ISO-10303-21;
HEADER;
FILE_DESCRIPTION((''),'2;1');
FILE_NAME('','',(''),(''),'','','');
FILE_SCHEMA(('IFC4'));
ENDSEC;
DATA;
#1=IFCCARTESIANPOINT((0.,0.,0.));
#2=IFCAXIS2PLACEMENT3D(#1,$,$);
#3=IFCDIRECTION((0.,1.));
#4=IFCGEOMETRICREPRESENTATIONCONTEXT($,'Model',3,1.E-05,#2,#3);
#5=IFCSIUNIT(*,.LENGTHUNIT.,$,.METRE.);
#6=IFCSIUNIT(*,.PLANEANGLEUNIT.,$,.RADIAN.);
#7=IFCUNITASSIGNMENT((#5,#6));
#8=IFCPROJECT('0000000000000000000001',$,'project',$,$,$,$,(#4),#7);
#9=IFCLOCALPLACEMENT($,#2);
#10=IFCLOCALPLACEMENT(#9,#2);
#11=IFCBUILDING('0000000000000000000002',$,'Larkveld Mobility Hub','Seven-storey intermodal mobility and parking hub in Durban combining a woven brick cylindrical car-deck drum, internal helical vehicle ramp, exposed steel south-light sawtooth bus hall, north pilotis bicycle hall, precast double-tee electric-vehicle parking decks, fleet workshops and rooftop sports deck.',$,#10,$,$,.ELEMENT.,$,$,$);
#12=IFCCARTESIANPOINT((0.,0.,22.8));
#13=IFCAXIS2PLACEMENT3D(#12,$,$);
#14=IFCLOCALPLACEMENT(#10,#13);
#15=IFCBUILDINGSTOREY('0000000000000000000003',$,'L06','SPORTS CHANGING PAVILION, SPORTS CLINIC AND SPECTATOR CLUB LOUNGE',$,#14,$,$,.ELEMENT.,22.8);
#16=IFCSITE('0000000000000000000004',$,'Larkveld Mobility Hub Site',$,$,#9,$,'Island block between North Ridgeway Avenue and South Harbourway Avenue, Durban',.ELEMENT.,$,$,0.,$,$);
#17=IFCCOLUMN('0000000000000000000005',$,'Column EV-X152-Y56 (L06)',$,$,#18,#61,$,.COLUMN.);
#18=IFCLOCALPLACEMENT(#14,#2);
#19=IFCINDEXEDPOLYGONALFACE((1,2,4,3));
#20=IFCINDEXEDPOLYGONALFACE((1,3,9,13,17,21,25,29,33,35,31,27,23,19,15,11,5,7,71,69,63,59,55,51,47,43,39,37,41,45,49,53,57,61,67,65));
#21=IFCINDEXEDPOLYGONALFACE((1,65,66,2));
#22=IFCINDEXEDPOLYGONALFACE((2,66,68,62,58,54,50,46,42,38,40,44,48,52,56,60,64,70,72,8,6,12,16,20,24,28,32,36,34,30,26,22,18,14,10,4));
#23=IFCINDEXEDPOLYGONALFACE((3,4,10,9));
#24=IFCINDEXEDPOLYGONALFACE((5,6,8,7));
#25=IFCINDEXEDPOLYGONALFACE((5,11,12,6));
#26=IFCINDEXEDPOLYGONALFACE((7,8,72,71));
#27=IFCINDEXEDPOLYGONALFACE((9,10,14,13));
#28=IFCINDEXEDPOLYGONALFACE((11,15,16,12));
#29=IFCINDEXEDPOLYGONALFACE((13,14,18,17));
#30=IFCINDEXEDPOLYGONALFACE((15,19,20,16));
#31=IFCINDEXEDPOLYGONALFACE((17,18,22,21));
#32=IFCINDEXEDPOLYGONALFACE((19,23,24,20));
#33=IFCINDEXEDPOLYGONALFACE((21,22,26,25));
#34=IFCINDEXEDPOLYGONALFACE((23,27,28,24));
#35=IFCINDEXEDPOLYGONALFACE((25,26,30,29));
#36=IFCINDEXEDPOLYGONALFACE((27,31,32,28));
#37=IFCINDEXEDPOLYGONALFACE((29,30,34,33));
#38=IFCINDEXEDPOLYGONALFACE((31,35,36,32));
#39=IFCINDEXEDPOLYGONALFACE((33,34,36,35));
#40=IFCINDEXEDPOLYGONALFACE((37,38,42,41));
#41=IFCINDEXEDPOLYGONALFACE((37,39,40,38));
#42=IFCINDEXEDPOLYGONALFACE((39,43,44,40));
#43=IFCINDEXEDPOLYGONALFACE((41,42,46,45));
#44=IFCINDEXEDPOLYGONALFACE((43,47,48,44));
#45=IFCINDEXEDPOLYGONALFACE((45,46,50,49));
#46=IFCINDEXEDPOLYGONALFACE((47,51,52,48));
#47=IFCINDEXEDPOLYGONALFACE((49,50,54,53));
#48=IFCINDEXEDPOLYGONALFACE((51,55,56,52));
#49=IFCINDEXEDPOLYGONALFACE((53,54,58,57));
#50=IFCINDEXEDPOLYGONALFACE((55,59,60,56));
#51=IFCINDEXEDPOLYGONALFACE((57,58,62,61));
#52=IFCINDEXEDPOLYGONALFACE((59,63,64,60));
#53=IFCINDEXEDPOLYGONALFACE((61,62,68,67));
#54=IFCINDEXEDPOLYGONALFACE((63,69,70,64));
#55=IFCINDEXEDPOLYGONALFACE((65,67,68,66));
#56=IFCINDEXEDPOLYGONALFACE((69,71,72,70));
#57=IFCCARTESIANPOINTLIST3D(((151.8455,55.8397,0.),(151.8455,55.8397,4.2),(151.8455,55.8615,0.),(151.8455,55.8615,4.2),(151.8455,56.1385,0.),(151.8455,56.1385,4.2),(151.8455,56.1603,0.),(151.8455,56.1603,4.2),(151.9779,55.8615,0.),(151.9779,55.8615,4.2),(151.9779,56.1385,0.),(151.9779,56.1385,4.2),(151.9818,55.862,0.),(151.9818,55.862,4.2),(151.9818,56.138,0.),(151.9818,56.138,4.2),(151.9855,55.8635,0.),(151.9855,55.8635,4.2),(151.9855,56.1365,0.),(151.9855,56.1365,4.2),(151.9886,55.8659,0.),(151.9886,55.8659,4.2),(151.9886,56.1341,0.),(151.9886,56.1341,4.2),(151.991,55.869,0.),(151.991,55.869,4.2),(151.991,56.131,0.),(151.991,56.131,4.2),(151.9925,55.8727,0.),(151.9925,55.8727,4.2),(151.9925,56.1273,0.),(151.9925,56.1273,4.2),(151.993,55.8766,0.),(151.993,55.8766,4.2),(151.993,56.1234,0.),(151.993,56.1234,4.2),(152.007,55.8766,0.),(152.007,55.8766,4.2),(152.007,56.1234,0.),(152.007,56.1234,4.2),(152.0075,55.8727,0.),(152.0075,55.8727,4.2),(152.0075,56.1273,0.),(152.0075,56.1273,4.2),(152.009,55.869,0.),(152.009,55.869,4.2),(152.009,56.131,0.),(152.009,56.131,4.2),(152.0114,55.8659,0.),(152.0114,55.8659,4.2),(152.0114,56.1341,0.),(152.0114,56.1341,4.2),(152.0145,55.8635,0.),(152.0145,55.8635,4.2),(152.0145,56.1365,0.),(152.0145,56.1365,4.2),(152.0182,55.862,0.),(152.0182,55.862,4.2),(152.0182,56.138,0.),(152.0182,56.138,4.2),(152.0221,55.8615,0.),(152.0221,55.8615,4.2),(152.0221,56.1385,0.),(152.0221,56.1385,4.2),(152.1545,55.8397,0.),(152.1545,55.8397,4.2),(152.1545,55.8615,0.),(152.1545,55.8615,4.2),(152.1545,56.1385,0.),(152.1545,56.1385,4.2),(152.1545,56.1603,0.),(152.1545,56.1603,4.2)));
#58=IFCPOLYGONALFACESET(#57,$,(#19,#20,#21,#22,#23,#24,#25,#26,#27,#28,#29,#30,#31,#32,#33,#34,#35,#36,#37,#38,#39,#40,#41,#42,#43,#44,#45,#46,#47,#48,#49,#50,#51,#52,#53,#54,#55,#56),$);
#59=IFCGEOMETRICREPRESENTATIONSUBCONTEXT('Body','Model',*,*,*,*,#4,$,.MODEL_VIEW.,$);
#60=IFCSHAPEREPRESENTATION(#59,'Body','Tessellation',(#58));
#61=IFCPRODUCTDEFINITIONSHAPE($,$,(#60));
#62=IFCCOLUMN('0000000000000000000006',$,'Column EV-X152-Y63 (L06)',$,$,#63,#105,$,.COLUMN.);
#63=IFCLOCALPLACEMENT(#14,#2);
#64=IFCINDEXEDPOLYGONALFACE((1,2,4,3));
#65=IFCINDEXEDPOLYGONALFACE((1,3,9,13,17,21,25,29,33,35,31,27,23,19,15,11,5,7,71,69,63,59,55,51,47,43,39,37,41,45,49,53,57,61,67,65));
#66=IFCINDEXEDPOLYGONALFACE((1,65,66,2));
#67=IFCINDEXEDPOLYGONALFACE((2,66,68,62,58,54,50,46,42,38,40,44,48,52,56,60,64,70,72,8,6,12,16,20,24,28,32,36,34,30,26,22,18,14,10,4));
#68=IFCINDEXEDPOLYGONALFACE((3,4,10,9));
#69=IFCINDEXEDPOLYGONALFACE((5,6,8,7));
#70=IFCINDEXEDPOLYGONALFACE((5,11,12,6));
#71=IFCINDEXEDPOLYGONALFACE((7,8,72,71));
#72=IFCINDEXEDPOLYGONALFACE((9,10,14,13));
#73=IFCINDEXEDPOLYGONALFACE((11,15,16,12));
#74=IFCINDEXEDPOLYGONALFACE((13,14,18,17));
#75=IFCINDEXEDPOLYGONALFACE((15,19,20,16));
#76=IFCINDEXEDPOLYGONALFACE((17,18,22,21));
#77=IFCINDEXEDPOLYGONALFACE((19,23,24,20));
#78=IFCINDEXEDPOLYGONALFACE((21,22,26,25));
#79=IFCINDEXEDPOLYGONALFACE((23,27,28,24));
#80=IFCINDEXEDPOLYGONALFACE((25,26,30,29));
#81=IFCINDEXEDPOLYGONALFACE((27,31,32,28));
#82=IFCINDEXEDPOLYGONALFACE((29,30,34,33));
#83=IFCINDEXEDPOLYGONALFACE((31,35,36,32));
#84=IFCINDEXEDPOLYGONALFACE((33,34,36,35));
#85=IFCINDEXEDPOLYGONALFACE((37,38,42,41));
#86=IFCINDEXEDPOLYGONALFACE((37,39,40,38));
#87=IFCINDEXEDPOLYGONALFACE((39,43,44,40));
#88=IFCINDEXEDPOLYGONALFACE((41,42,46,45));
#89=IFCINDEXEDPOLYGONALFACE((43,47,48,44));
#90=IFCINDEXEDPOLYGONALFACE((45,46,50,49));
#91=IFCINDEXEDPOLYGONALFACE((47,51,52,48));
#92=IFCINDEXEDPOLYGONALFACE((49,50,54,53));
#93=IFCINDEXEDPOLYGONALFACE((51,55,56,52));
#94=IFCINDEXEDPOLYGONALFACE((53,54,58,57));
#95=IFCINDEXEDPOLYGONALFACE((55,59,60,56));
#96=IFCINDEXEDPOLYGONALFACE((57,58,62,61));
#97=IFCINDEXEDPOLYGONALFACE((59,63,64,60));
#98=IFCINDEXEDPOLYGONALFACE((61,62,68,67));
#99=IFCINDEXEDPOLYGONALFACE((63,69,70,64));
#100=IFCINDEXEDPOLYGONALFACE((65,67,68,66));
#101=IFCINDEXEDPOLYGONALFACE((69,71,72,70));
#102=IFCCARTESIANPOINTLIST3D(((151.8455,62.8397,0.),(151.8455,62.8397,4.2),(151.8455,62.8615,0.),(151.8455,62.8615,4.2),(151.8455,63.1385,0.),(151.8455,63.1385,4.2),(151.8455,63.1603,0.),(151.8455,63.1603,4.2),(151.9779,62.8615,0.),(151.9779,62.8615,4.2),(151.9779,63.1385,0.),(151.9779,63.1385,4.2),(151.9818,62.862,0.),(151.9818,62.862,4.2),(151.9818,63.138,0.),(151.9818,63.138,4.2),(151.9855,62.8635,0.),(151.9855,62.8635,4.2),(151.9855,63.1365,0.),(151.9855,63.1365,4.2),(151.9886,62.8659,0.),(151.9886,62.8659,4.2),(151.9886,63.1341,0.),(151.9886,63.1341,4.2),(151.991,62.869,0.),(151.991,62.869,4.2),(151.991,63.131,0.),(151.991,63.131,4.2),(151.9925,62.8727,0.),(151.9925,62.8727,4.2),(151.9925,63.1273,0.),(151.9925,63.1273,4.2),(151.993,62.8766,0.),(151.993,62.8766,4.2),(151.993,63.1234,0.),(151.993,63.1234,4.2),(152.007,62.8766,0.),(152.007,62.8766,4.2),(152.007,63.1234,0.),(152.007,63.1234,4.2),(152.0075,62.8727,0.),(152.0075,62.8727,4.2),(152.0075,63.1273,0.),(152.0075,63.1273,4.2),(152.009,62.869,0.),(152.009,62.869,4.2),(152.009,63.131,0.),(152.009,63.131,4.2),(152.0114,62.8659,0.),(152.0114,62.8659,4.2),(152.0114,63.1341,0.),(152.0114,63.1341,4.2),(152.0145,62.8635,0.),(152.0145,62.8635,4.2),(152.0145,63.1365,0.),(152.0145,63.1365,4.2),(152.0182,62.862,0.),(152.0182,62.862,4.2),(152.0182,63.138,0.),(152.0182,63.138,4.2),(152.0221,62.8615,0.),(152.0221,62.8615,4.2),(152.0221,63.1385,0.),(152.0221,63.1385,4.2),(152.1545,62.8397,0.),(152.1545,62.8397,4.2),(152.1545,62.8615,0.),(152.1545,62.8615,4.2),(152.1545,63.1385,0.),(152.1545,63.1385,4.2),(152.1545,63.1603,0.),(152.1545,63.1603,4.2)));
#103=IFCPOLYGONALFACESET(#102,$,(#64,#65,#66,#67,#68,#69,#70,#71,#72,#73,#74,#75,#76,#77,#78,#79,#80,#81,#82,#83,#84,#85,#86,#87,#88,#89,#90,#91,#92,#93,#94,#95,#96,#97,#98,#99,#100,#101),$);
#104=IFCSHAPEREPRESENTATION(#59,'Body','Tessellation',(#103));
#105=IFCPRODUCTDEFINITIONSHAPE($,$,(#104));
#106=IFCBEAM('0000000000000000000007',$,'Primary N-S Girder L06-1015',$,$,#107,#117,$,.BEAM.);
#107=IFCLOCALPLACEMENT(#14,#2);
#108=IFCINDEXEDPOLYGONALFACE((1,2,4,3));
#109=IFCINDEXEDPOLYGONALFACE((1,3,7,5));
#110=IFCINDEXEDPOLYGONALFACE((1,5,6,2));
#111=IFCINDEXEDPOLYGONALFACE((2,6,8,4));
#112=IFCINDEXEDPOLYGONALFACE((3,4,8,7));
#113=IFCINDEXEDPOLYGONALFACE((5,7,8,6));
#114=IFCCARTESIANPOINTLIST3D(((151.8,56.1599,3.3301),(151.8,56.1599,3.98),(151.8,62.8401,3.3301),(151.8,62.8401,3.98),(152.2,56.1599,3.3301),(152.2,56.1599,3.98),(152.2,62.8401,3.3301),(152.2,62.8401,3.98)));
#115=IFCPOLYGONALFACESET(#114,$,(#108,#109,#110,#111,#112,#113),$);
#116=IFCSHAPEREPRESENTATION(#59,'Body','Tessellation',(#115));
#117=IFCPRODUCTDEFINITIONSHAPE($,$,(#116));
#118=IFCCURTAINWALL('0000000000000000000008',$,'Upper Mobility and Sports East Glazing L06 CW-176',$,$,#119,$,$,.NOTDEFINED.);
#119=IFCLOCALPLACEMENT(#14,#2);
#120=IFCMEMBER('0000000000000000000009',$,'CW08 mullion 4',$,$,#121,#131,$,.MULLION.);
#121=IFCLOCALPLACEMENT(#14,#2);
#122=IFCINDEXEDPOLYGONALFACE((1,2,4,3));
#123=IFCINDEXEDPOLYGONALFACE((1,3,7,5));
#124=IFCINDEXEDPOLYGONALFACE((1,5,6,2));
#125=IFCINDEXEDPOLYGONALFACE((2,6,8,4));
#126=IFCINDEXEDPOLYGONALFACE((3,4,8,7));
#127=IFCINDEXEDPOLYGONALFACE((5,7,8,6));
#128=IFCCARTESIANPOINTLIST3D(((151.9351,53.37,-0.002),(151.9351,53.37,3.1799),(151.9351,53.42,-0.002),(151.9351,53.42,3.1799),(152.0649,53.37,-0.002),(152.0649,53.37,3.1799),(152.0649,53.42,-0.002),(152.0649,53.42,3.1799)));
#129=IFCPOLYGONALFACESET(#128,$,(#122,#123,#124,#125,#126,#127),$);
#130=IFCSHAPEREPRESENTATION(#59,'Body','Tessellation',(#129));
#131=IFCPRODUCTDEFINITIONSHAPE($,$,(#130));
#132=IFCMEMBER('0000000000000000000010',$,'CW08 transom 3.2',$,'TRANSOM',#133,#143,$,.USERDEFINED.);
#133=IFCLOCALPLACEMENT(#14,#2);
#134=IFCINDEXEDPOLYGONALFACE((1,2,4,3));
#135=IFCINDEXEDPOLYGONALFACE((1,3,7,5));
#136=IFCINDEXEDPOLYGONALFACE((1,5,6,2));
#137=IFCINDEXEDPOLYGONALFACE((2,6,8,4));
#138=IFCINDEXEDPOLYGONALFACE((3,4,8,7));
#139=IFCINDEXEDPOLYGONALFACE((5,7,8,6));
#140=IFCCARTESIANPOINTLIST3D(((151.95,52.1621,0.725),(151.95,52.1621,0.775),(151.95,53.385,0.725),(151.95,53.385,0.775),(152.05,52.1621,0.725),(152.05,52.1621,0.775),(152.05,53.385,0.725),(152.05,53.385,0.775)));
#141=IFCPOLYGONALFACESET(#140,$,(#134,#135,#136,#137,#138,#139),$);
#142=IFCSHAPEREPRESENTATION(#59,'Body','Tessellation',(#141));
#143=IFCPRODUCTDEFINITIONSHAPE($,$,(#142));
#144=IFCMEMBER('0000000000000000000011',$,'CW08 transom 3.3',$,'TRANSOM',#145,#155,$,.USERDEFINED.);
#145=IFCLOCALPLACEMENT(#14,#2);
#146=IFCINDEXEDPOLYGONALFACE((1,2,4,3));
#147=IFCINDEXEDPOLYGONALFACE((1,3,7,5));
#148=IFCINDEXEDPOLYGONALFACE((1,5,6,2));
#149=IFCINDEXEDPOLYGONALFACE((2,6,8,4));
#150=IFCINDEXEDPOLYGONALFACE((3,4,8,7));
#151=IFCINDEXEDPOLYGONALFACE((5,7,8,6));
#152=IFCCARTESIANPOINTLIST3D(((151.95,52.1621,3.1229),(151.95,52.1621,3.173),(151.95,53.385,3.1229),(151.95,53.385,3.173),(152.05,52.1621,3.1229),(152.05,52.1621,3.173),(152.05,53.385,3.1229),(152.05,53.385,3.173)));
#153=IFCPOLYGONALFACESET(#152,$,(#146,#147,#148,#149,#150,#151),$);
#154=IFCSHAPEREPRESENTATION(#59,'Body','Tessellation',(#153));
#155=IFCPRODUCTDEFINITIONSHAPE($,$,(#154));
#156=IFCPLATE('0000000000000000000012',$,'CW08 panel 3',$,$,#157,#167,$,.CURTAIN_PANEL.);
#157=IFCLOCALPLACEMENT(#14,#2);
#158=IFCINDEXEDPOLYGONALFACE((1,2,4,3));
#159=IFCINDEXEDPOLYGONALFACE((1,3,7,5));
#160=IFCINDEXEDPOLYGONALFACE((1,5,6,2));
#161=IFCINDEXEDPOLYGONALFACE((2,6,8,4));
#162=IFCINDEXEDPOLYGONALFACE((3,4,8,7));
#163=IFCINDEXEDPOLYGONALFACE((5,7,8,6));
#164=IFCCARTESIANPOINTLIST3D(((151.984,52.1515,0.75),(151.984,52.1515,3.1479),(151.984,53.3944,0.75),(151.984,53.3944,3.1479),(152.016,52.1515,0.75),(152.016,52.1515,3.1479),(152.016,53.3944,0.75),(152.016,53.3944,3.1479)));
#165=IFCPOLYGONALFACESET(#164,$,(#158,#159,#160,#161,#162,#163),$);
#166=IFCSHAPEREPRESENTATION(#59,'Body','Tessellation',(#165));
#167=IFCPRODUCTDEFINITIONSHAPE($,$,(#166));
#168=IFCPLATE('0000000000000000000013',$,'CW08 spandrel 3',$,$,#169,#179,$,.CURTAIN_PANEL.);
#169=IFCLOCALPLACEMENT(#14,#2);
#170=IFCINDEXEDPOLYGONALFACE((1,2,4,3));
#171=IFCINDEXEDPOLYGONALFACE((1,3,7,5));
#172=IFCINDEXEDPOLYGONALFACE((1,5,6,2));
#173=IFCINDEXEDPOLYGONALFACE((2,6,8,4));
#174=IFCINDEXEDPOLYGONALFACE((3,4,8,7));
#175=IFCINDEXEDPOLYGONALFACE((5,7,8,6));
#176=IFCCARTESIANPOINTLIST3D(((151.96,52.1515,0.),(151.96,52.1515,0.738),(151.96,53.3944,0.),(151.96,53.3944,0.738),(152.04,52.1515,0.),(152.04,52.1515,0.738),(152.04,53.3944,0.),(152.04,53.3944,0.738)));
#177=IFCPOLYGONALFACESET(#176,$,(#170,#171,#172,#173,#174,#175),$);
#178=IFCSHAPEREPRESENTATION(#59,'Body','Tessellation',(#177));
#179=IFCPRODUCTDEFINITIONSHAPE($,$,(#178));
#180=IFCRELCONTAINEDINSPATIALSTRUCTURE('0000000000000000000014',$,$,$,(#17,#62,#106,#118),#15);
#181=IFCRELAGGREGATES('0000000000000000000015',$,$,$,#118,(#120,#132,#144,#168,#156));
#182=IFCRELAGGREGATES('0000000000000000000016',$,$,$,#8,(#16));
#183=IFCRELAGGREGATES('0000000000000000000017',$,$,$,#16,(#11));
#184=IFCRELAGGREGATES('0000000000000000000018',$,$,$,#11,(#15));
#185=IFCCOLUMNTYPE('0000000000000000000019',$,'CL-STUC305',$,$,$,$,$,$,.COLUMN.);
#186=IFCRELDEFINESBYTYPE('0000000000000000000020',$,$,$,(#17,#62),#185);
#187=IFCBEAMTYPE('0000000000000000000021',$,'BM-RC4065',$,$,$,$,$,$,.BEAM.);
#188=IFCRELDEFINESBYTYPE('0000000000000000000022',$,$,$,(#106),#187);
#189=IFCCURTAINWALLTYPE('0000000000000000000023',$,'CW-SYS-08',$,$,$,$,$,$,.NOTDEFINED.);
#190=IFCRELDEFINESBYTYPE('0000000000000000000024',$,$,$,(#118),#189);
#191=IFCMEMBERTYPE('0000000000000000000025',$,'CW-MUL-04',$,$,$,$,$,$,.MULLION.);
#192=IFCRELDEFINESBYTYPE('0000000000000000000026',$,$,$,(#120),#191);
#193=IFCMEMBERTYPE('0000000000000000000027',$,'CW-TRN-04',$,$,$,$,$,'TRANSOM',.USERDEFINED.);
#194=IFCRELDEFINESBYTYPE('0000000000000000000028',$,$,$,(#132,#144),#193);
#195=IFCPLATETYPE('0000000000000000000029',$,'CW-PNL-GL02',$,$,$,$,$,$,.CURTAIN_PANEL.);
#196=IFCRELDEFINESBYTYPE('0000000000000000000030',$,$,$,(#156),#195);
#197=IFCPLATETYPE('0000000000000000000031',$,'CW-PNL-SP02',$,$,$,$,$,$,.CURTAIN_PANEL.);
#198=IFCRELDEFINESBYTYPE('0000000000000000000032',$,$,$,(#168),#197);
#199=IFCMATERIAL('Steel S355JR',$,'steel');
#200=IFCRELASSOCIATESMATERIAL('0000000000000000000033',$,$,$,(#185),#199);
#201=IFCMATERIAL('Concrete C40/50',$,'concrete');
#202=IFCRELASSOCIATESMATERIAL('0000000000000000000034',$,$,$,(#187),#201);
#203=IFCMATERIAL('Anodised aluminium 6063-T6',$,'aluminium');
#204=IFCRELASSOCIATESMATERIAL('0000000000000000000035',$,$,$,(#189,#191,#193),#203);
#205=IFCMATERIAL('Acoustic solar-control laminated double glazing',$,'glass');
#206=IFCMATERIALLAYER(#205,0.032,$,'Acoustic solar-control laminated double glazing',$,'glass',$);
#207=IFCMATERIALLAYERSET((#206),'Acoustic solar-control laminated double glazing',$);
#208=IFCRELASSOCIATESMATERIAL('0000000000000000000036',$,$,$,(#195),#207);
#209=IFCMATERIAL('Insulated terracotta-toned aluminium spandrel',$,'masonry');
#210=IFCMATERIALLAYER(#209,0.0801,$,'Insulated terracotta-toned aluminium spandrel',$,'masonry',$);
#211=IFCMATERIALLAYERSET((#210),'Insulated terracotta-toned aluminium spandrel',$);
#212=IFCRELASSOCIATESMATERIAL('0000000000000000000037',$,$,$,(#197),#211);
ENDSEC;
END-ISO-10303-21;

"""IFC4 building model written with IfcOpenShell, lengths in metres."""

from ifc_helpers import new_model, si_unit, direction, frame, origin, origin_2d, place, context, subcontext, project, spatial, rectangle, i_section, extrude, material, layer, layer_set, material_profile, profile_set, type_object, element, aggregate, save


model = new_model("IFC4")

# Units and contexts
model_context = context("Model", 3, precision=1e-05, world=origin(), true_north=direction((0.0, 1.0)))
body_context = subcontext(model_context, "Body", "Model", "MODEL_VIEW")
ifc_project = project(units=[si_unit("LENGTHUNIT", "METRE"), si_unit("PLANEANGLEUNIT", "RADIAN")], contexts=[model_context])

# Site, building, storey
site_placement = place(None, origin())
site = spatial("IfcSite", under=ifc_project, at=site_placement, Name="Larkveld Mobility Hub Site", LongName="Island block between North Ridgeway Avenue and South Harbourway Avenue, Durban", CompositionType="ELEMENT", RefElevation=0.0)
building_placement = place(site_placement, origin())
building = spatial("IfcBuilding", under=site, at=building_placement, Name="Larkveld Mobility Hub", Description="Seven-storey intermodal mobility and parking hub in Durban combining a woven brick cylindrical car-deck drum, internal helical vehicle ramp, exposed steel south-light sawtooth bus hall, north pilotis bicycle hall, precast double-tee electric-vehicle parking decks, fleet workshops and rooftop sports deck.", CompositionType="ELEMENT")
storey_placement = place(building_placement, frame((0.0, 0.0, 22.8)))
storey = spatial("IfcBuildingStorey", under=building, at=storey_placement, Name="L06", Description="SPORTS CHANGING PAVILION, SPORTS CLINIC AND SPECTATOR CLUB LOUNGE", CompositionType="ELEMENT", Elevation=22.8)

# Columns
ifc_material_1 = material(Name="Steel S355JR", Category="steel")
ifc_material_profile_1 = material_profile(ifc_material_1, i_section(OverallWidth=0.3091, OverallDepth=0.3206, WebThickness=0.0139, FlangeThickness=0.0217, FilletRadius=0.0151, at=origin_2d()), Name="UC 305x305x137")
ifc_profile_set_1 = profile_set([ifc_material_profile_1], Name="Steel S355JR")
column_type = type_object("IfcColumnType", Name="CL-STUC305", PredefinedType="COLUMN", material=ifc_profile_set_1)
for number, where, z_axis, x_axis, name in (
    (1, (152.0, 56.0, 0.0), (0.0, 0.0, 1.0), (1.0, 0.0, 0.0), "Column EV-X152-Y56 (L06)"),
    (2, (152.0, 63.0, 0.0), (0.0, 0.0, 1.0), (1.0, 0.0, 0.0), "Column EV-X152-Y63 (L06)"),
):
    element("IfcColumn", number, at=place(storey_placement, frame(where, z_axis=z_axis, x_axis=x_axis)), inside=storey, type_object=column_type, Name=name, PredefinedType="COLUMN", context=body_context, shape_type="SweptSolid", body=[
        extrude(i_section(OverallWidth=0.3091, OverallDepth=0.3206, WebThickness=0.0139, FlangeThickness=0.0217, FilletRadius=0.0151, at=origin_2d()), origin(), (0.0, 0.0, 1.0), 4.2),
    ])

# Beam
ifc_material_2 = material(Name="Concrete C40/50", Category="concrete")
ifc_material_profile_2 = material_profile(ifc_material_2, rectangle(XDim=0.3999, YDim=0.6499, at=origin_2d()), Name="RC BM 400x650")
ifc_profile_set_2 = profile_set([ifc_material_profile_2], Name="Concrete C40/50")
beam_type = type_object("IfcBeamType", Name="BM-RC4065", PredefinedType="BEAM", material=ifc_profile_set_2)
beam_placement = place(storey_placement, frame((152.0, 56.1599, 3.655), z_axis=(0.0, 1.0, 0.0), x_axis=(-1.0, 0.0, 0.0)))
element("IfcBeam", 3, at=beam_placement, inside=storey, type_object=beam_type, Name="Primary N-S Girder L06-1015", PredefinedType="BEAM", context=body_context, shape_type="SweptSolid", body=[
    extrude(rectangle(XDim=0.3999, YDim=0.6499, at=origin_2d()), origin(), (0.0, 0.0, 1.0), 6.6802),
])

# Curtain wall, members, plates
ifc_material_3 = material(Name="Anodised aluminium 6063-T6", Category="aluminium")
curtain_wall_type = type_object("IfcCurtainWallType", Name="CW-SYS-08", PredefinedType="NOTDEFINED", material=ifc_material_3)
curtain_wall_placement = place(storey_placement, origin())
curtain_wall = element("IfcCurtainWall", 4, at=curtain_wall_placement, inside=storey, type_object=curtain_wall_type, Name="Upper Mobility and Sports East Glazing L06 CW-176", PredefinedType="NOTDEFINED")
ifc_material_profile_3 = material_profile(ifc_material_3, rectangle(XDim=0.05, YDim=0.1299, at=origin_2d()), Name="ALU MULL 50x130")
ifc_profile_set_3 = profile_set([ifc_material_profile_3], Name="Anodised aluminium 6063-T6")
member_type_1 = type_object("IfcMemberType", Name="CW-MUL-04", PredefinedType="MULLION", material=ifc_profile_set_3)
member_1_placement = place(storey_placement, frame((152.0, 53.395, -0.002), z_axis=(0.0, 0.0, 1.0), x_axis=(0.0, 1.0, 0.0)))
member_1 = element("IfcMember", 5, at=member_1_placement, type_object=member_type_1, Name="CW08 mullion 4", PredefinedType="MULLION", context=body_context, shape_type="SweptSolid", body=[
    extrude(rectangle(XDim=0.05, YDim=0.1299, at=origin_2d()), origin(), (0.0, 0.0, 1.0), 3.1819),
])
ifc_material_profile_4 = material_profile(ifc_material_3, rectangle(XDim=0.1001, YDim=0.05, at=origin_2d()), Name="ALU TRAN 50x100")
ifc_profile_set_4 = profile_set([ifc_material_profile_4], Name="Anodised aluminium 6063-T6")
member_type_2 = type_object("IfcMemberType", Name="CW-TRN-04", ElementType="TRANSOM", PredefinedType="USERDEFINED", material=ifc_profile_set_4)
member_2_placement = place(storey_placement, frame((152.0, 52.1621, 0.75), z_axis=(0.0, 1.0, 0.0), x_axis=(-1.0, 0.0, 0.0)))
member_2 = element("IfcMember", 6, at=member_2_placement, type_object=member_type_2, Name="CW08 transom 3.2", ObjectType="TRANSOM", PredefinedType="USERDEFINED", context=body_context, shape_type="SweptSolid", body=[
    extrude(rectangle(XDim=0.1001, YDim=0.05, at=origin_2d()), origin(), (0.0, 0.0, 1.0), 1.2229),
])
member_3_placement = place(storey_placement, frame((152.0, 52.1621, 3.1479), z_axis=(0.0, 1.0, 0.0), x_axis=(-1.0, 0.0, 0.0)))
member_3 = element("IfcMember", 7, at=member_3_placement, type_object=member_type_2, Name="CW08 transom 3.3", ObjectType="TRANSOM", PredefinedType="USERDEFINED", context=body_context, shape_type="SweptSolid", body=[
    extrude(rectangle(XDim=0.1001, YDim=0.05, at=origin_2d()), origin(), (0.0, 0.0, 1.0), 1.2229),
])
ifc_material_4 = material(Name="Acoustic solar-control laminated double glazing", Category="glass")
ifc_layer_1 = layer(ifc_material_4, 0.032, Name="Acoustic solar-control laminated double glazing", Category="glass")
ifc_layer_set_1 = layer_set([ifc_layer_1], Name="Acoustic solar-control laminated double glazing")
plate_type_1 = type_object("IfcPlateType", Name="CW-PNL-GL02", PredefinedType="CURTAIN_PANEL", material=ifc_layer_set_1)
plate_1_placement = place(storey_placement, frame((152.0, 52.7729, 0.75), z_axis=(0.0, 0.0, 1.0), x_axis=(0.0, 1.0, 0.0)))
plate_1 = element("IfcPlate", 8, at=plate_1_placement, type_object=plate_type_1, Name="CW08 panel 3", PredefinedType="CURTAIN_PANEL", context=body_context, shape_type="SweptSolid", body=[
    extrude(rectangle(XDim=1.2429, YDim=0.032, at=origin_2d()), origin(), (0.0, 0.0, 1.0), 2.3979),
])
ifc_material_5 = material(Name="Insulated terracotta-toned aluminium spandrel", Category="masonry")
ifc_layer_2 = layer(ifc_material_5, 0.0801, Name="Insulated terracotta-toned aluminium spandrel", Category="masonry")
ifc_layer_set_2 = layer_set([ifc_layer_2], Name="Insulated terracotta-toned aluminium spandrel")
plate_type_2 = type_object("IfcPlateType", Name="CW-PNL-SP02", PredefinedType="CURTAIN_PANEL", material=ifc_layer_set_2)
plate_2_placement = place(storey_placement, frame((152.0, 52.7729, 0.0), z_axis=(0.0, 0.0, 1.0), x_axis=(0.0, 1.0, 0.0)))
plate_2 = element("IfcPlate", 9, at=plate_2_placement, type_object=plate_type_2, Name="CW08 spandrel 3", PredefinedType="CURTAIN_PANEL", context=body_context, shape_type="SweptSolid", body=[
    extrude(rectangle(XDim=1.2429, YDim=0.0801, at=origin_2d()), origin(), (0.0, 0.0, 1.0), 0.738),
])
aggregate(curtain_wall, [member_1, member_2, member_3, plate_2, plate_1])

save(model, "model.ifc")
